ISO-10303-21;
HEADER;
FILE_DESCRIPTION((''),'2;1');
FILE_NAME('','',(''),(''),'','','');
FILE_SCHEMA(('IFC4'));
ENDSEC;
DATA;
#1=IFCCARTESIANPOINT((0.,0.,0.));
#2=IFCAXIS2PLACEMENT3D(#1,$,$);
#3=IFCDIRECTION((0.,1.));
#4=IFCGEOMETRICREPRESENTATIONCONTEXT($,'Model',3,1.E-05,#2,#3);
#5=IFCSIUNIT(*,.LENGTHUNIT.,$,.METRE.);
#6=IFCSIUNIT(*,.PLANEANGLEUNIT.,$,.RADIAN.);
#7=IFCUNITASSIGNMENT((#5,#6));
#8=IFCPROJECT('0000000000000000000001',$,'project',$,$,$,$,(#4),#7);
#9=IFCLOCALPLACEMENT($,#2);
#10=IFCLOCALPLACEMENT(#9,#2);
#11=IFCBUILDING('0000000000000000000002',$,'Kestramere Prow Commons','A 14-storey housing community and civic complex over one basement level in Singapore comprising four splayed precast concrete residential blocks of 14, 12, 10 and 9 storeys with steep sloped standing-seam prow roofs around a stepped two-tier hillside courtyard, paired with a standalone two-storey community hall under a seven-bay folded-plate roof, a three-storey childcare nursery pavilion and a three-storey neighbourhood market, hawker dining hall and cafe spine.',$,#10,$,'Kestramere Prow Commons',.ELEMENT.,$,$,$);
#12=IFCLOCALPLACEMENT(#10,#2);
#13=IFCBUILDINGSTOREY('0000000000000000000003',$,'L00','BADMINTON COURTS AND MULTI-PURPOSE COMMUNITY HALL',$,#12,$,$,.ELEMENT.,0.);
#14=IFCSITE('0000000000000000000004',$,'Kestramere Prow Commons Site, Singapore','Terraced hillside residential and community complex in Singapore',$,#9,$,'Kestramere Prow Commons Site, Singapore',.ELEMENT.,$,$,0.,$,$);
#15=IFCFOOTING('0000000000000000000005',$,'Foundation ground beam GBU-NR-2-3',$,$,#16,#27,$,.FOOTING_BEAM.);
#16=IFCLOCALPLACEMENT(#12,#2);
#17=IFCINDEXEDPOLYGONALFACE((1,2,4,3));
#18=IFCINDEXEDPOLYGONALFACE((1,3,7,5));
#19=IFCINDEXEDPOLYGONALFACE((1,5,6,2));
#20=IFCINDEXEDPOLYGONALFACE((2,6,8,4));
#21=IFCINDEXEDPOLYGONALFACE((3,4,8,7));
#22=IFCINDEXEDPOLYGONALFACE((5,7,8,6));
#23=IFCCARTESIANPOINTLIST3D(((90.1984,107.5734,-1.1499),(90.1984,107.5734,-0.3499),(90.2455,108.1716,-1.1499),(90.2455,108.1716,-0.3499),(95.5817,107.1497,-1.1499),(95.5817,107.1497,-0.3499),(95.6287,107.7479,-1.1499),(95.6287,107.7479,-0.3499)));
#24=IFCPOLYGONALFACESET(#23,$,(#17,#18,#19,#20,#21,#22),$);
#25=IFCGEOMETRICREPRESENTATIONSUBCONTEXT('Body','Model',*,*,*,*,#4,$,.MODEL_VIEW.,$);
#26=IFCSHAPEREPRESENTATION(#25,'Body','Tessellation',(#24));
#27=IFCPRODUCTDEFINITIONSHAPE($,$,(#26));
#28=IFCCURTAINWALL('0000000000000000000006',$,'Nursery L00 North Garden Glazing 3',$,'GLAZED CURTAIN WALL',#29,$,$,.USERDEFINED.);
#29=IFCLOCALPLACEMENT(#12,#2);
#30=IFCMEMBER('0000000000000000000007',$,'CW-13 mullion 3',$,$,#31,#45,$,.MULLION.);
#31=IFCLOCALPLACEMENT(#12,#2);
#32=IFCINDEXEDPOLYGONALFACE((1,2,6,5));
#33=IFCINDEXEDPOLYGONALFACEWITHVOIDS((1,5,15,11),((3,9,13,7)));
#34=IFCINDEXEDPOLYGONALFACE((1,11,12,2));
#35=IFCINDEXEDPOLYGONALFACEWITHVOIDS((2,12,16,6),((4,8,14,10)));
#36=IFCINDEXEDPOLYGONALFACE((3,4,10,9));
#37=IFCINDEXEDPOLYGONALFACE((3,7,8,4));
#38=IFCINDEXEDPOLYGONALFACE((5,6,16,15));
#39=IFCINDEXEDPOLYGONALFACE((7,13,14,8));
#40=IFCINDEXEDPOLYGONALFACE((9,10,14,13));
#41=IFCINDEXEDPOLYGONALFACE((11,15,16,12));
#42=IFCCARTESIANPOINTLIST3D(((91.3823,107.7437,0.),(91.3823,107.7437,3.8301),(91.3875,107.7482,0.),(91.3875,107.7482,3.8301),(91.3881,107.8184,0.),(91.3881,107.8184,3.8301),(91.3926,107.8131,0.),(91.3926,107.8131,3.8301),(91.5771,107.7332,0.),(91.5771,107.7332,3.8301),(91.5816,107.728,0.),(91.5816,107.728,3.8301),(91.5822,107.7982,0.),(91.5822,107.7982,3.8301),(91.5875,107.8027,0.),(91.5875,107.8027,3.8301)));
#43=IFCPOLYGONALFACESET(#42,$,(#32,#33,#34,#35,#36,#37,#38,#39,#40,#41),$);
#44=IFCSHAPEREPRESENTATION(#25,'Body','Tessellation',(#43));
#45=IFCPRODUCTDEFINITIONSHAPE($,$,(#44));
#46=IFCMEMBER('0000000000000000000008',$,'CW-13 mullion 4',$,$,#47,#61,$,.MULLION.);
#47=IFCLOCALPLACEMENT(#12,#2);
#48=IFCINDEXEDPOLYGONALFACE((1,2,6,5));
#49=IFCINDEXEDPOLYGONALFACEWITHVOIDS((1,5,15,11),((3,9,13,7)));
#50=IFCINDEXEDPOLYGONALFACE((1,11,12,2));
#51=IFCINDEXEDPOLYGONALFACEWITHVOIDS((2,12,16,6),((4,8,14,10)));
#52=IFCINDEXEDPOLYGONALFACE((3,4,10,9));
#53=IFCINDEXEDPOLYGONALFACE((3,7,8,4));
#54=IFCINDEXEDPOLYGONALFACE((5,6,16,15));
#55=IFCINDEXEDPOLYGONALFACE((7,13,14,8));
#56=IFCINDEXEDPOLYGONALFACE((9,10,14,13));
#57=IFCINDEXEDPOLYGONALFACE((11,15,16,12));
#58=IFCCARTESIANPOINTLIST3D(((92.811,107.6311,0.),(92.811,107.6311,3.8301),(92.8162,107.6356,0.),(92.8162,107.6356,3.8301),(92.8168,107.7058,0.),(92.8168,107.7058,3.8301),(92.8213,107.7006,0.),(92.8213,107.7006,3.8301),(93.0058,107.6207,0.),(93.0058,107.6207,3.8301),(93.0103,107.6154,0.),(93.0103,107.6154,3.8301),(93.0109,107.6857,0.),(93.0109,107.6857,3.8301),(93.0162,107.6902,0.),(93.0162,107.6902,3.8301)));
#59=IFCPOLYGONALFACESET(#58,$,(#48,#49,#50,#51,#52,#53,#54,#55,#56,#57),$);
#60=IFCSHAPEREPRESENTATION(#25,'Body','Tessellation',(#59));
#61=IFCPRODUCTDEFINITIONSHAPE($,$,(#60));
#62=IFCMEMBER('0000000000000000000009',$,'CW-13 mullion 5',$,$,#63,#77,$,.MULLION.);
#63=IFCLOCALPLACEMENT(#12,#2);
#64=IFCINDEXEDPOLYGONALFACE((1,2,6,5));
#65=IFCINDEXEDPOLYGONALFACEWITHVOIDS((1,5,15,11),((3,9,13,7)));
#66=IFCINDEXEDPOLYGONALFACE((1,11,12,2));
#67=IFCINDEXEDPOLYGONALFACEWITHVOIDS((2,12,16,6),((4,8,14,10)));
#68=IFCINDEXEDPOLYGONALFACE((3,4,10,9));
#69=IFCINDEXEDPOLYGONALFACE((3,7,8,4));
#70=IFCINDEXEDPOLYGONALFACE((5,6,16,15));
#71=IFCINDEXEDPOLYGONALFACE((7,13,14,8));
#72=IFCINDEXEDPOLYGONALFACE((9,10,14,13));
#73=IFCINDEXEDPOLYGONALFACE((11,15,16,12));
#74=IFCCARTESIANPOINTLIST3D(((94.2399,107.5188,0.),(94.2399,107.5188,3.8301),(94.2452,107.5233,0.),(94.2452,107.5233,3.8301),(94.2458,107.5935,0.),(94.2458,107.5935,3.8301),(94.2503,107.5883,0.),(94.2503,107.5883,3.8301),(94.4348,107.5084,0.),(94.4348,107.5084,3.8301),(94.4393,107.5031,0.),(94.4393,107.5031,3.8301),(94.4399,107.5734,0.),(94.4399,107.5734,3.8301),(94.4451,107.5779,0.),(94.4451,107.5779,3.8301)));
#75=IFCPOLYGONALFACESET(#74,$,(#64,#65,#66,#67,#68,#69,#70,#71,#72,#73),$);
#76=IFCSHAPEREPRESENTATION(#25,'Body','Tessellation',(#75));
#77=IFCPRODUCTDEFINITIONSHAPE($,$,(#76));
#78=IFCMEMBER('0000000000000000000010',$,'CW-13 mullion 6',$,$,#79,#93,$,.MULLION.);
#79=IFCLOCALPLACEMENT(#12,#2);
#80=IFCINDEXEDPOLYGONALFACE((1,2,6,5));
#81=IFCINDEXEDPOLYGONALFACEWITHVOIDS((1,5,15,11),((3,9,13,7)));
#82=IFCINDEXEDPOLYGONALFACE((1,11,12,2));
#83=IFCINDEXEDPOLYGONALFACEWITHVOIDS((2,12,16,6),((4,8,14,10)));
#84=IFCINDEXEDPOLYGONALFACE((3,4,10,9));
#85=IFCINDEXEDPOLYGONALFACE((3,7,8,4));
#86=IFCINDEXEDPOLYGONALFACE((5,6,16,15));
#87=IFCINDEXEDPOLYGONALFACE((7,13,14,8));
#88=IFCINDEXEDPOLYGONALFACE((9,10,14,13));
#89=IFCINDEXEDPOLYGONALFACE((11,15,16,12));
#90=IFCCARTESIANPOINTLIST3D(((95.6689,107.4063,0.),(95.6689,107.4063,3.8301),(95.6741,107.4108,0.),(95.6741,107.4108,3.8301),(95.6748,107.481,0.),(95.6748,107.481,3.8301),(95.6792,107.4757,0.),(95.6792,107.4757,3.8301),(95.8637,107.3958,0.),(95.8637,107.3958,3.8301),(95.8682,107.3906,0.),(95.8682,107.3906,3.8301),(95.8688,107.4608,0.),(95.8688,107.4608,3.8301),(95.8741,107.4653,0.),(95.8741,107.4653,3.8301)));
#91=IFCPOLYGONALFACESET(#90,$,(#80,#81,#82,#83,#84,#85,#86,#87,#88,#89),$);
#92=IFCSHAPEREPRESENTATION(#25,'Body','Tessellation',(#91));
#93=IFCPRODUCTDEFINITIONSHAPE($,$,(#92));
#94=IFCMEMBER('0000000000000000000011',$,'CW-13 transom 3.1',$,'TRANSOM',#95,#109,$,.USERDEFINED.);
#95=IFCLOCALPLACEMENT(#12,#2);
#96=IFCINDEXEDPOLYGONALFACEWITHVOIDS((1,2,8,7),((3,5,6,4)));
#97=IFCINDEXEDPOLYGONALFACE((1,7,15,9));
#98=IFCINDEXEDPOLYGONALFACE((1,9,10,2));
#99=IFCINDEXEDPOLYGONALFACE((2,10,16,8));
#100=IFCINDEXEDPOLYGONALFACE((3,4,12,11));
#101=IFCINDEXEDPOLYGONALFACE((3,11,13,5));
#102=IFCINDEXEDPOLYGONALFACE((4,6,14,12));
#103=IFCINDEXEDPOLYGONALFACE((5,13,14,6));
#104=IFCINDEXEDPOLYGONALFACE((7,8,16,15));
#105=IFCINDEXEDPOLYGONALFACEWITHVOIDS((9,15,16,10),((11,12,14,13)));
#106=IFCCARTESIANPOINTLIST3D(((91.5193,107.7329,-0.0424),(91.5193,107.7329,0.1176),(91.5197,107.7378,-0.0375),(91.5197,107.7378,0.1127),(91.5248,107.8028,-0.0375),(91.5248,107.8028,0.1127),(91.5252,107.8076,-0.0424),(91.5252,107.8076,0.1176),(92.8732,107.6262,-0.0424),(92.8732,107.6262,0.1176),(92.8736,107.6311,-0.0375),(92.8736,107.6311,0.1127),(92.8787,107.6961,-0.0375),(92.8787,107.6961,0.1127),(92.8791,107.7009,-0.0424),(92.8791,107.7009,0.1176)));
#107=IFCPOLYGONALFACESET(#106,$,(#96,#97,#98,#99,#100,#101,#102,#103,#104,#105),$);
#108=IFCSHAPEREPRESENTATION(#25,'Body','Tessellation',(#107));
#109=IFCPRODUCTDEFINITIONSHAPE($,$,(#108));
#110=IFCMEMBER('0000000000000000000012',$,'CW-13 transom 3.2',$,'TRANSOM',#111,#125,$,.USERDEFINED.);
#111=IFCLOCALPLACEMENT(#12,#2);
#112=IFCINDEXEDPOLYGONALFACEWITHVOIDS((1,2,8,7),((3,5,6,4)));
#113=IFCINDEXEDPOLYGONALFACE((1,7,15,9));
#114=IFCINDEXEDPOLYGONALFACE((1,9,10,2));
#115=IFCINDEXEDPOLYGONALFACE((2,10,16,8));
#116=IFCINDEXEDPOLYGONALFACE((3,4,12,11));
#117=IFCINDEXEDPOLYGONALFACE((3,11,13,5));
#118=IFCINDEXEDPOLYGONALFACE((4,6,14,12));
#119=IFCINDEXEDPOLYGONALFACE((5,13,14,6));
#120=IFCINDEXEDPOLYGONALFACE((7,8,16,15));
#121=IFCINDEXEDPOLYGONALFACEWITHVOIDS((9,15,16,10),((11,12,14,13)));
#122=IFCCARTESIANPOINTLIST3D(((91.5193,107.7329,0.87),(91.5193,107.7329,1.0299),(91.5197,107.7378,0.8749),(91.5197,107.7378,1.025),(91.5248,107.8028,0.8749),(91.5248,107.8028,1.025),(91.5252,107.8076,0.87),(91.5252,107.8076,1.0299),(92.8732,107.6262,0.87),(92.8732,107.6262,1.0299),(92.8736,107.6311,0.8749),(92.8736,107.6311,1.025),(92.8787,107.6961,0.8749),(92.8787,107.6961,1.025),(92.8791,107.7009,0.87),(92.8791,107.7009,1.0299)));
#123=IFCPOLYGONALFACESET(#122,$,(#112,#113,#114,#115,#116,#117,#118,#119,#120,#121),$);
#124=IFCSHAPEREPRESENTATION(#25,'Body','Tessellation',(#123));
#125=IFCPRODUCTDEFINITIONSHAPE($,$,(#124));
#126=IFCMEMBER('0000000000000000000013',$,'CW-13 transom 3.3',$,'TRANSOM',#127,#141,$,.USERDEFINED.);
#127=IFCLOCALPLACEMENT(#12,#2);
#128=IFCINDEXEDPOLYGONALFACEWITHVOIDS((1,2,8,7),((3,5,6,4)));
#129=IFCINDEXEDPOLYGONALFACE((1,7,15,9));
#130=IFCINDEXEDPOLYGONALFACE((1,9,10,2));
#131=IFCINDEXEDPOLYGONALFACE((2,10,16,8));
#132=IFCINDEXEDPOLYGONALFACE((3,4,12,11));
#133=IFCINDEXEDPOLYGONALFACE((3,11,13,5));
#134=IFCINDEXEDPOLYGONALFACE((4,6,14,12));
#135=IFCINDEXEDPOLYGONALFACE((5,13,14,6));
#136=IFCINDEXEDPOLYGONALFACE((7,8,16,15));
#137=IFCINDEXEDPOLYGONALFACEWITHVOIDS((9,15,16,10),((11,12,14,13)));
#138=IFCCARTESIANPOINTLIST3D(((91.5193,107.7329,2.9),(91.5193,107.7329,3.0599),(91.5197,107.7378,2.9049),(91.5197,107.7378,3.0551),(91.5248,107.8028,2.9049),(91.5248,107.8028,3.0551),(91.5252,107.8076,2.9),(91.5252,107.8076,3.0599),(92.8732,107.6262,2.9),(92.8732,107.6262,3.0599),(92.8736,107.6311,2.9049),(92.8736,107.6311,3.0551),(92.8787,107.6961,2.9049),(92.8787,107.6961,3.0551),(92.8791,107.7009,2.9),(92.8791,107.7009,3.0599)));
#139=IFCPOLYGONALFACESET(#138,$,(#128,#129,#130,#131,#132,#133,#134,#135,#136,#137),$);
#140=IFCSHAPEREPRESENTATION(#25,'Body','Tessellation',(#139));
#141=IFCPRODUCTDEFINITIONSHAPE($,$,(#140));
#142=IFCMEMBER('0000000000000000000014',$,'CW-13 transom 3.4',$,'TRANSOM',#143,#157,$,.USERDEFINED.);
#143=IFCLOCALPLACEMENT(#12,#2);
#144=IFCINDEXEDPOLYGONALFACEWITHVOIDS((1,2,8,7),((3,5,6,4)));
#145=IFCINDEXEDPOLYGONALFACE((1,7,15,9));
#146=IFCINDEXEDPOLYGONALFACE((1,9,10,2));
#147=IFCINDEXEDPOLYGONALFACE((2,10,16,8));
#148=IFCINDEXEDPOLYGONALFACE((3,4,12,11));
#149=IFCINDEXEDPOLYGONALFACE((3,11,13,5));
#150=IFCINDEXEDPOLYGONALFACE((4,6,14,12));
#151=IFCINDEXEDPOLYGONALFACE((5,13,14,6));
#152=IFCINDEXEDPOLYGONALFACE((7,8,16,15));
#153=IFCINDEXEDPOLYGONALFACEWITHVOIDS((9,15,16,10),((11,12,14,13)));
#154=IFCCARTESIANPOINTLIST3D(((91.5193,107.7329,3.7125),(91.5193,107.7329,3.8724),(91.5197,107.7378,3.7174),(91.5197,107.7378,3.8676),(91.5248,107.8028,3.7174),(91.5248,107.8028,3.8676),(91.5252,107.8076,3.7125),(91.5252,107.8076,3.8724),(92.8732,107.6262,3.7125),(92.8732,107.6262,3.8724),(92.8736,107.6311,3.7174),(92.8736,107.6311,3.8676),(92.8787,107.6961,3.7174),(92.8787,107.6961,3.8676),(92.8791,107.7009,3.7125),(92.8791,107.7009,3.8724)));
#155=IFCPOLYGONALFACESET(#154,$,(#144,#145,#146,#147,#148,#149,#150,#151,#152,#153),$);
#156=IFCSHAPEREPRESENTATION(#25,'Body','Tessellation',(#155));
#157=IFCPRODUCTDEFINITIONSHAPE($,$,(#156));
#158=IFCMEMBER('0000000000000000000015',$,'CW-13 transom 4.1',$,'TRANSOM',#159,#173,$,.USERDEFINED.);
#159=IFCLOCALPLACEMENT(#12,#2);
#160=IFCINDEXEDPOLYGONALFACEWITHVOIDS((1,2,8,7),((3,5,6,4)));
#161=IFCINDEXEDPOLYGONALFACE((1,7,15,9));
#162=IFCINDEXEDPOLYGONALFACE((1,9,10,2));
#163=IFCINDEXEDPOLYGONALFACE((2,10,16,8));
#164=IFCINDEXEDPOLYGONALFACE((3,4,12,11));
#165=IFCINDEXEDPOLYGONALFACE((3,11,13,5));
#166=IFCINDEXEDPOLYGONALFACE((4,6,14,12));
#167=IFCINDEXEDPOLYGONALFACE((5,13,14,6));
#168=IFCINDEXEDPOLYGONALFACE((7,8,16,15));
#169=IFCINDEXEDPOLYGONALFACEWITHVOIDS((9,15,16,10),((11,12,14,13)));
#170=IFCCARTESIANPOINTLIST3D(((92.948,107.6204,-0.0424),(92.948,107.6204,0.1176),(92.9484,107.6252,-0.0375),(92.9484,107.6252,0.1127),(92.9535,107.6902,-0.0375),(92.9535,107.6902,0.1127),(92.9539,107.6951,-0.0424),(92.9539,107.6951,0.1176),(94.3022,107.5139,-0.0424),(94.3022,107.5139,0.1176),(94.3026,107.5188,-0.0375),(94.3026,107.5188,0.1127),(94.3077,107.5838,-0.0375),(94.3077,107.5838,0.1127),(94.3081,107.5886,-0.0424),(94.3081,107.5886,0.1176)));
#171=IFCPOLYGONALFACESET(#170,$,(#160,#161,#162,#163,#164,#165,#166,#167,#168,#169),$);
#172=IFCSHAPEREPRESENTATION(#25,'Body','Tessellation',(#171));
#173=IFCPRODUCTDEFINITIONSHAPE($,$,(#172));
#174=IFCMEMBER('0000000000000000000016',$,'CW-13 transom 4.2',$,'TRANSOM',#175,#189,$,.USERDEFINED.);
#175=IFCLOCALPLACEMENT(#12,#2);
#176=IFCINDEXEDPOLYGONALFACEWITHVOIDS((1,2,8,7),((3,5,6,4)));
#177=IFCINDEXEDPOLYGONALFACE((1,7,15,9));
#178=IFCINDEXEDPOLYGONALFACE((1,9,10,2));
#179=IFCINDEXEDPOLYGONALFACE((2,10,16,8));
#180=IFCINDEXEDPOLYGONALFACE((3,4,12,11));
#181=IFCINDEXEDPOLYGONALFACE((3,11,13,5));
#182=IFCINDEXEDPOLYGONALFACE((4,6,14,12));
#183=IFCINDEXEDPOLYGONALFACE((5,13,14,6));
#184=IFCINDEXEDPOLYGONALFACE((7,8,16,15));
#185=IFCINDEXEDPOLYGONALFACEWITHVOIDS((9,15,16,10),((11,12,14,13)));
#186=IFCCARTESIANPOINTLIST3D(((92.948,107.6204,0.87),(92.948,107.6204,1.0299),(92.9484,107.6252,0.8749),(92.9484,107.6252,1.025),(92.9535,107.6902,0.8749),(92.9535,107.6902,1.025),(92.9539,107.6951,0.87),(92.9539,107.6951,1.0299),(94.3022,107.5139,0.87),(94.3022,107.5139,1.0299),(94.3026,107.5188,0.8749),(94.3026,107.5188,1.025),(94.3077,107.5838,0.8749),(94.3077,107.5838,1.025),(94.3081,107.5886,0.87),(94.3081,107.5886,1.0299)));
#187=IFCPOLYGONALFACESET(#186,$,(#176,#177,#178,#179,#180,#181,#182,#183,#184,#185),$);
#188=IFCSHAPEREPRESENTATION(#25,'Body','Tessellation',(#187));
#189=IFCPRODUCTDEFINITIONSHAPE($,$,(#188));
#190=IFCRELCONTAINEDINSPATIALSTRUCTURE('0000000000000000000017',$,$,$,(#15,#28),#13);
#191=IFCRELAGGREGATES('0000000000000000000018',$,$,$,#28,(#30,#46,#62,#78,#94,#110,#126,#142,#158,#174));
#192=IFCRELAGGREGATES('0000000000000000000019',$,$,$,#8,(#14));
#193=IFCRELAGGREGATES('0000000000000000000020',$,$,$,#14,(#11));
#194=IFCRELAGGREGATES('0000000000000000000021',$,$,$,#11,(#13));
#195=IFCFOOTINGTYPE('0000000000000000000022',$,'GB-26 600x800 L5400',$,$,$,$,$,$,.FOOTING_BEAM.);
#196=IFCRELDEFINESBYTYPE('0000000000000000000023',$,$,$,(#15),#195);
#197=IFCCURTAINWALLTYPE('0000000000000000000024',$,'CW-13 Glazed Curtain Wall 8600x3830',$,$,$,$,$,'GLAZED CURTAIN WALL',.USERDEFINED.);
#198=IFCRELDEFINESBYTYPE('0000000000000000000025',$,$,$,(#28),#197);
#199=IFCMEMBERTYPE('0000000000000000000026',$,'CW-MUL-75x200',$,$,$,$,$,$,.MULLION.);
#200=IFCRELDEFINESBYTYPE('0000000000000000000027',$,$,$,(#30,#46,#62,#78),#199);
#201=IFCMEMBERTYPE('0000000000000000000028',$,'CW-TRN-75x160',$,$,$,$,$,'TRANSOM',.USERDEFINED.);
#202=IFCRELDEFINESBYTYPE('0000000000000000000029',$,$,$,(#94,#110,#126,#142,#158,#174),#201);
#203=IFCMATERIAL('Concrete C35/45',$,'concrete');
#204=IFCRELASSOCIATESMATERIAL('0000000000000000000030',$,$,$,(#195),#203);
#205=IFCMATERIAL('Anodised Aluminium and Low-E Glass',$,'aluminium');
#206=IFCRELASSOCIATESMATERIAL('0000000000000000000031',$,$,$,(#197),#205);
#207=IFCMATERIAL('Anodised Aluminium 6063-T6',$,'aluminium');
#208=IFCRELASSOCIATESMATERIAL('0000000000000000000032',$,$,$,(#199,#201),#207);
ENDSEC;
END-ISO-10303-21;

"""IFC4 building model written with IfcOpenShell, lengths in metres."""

from ifc_helpers import new_model, si_unit, direction, frame, origin, origin_2d, place, context, subcontext, project, spatial, rectangle, hollow_rectangle, extrude, material, material_profile, profile_set, type_object, element, aggregate, save


model = new_model("IFC4")

# Units and contexts
model_context = context("Model", 3, precision=1e-05, world=origin(), true_north=direction((0.0, 1.0)))
body_context = subcontext(model_context, "Body", "Model", "MODEL_VIEW")
ifc_project = project(units=[si_unit("LENGTHUNIT", "METRE"), si_unit("PLANEANGLEUNIT", "RADIAN")], contexts=[model_context])

# Site, building, storey
site_placement = place(None, origin())
site = spatial("IfcSite", under=ifc_project, at=site_placement, Name="Kestramere Prow Commons Site, Singapore", Description="Terraced hillside residential and community complex in Singapore", LongName="Kestramere Prow Commons Site, Singapore", CompositionType="ELEMENT", RefElevation=0.0)
building_placement = place(site_placement, origin())
building = spatial("IfcBuilding", under=site, at=building_placement, Name="Kestramere Prow Commons", Description="A 14-storey housing community and civic complex over one basement level in Singapore comprising four splayed precast concrete residential blocks of 14, 12, 10 and 9 storeys with steep sloped standing-seam prow roofs around a stepped two-tier hillside courtyard, paired with a standalone two-storey community hall under a seven-bay folded-plate roof, a three-storey childcare nursery pavilion and a three-storey neighbourhood market, hawker dining hall and cafe spine.", LongName="Kestramere Prow Commons", CompositionType="ELEMENT")
storey_placement = place(building_placement, origin())
storey = spatial("IfcBuildingStorey", under=building, at=storey_placement, Name="L00", Description="BADMINTON COURTS AND MULTI-PURPOSE COMMUNITY HALL", CompositionType="ELEMENT", Elevation=0.0)

# Footing
ifc_material_1 = material(Name="Concrete C35/45", Category="concrete")
footing_type = type_object("IfcFootingType", Name="GB-26 600x800 L5400", PredefinedType="FOOTING_BEAM", material=ifc_material_1)
footing_placement = place(storey_placement, frame((92.9136, 107.6606, -1.1499), z_axis=(0.0, 0.0, 1.0), x_axis=(0.996917, -0.078459, 0.0)))
element("IfcFooting", 1, at=footing_placement, inside=storey, type_object=footing_type, Name="Foundation ground beam GBU-NR-2-3", PredefinedType="FOOTING_BEAM", context=body_context, shape_type="SweptSolid", body=[
    extrude(rectangle(XDim=5.3999, YDim=0.6001, at=origin_2d()), origin(), (0.0, 0.0, 1.0), 0.8),
])

# Curtain wall, members
ifc_material_2 = material(Name="Anodised Aluminium and Low-E Glass", Category="aluminium")
curtain_wall_type = type_object("IfcCurtainWallType", Name="CW-13 Glazed Curtain Wall 8600x3830", ElementType="GLAZED CURTAIN WALL", PredefinedType="USERDEFINED", material=ifc_material_2)
curtain_wall_placement = place(storey_placement, origin())
curtain_wall = element("IfcCurtainWall", 2, at=curtain_wall_placement, inside=storey, type_object=curtain_wall_type, Name="Nursery L00 North Garden Glazing 3", ObjectType="GLAZED CURTAIN WALL", PredefinedType="USERDEFINED")
ifc_material_3 = material(Name="Anodised Aluminium 6063-T6", Category="aluminium")
ifc_material_profile_1 = material_profile(ifc_material_3, hollow_rectangle(XDim=0.075, YDim=0.2, WallThickness=0.0049, at=origin_2d()), Name="ALU-MUL 75x200")
ifc_profile_set_1 = profile_set([ifc_material_profile_1], Name="Anodised Aluminium 6063-T6")
member_type_1 = type_object("IfcMemberType", Name="CW-MUL-75x200", PredefinedType="MULLION", material=ifc_profile_set_1)
member_1_placement = place(storey_placement, frame((91.4849, 107.7732, 0.0), z_axis=(0.0, 0.0, 1.0), x_axis=(0.078459, 0.996917, 0.0)))
member_1 = element("IfcMember", 3, at=member_1_placement, type_object=member_type_1, Name="CW-13 mullion 3", PredefinedType="MULLION", context=body_context, shape_type="SweptSolid", body=[
    extrude(hollow_rectangle(XDim=0.075, YDim=0.2, WallThickness=0.0049, at=origin_2d()), origin(), (0.0, 0.0, 1.0), 3.8301),
])
member_2_placement = place(storey_placement, frame((92.9136, 107.6606, 0.0), z_axis=(0.0, 0.0, 1.0), x_axis=(0.078459, 0.996917, 0.0)))
member_2 = element("IfcMember", 4, at=member_2_placement, type_object=member_type_1, Name="CW-13 mullion 4", PredefinedType="MULLION", context=body_context, shape_type="SweptSolid", body=[
    extrude(hollow_rectangle(XDim=0.075, YDim=0.2, WallThickness=0.0049, at=origin_2d()), origin(), (0.0, 0.0, 1.0), 3.8301),
])
member_3_placement = place(storey_placement, frame((94.3425, 107.5483, 0.0), z_axis=(0.0, 0.0, 1.0), x_axis=(0.078459, 0.996917, 0.0)))
member_3 = element("IfcMember", 5, at=member_3_placement, type_object=member_type_1, Name="CW-13 mullion 5", PredefinedType="MULLION", context=body_context, shape_type="SweptSolid", body=[
    extrude(hollow_rectangle(XDim=0.075, YDim=0.2, WallThickness=0.0049, at=origin_2d()), origin(), (0.0, 0.0, 1.0), 3.8301),
])
member_4_placement = place(storey_placement, frame((95.7715, 107.4358, 0.0), z_axis=(0.0, 0.0, 1.0), x_axis=(0.078459, 0.996917, 0.0)))
member_4 = element("IfcMember", 6, at=member_4_placement, type_object=member_type_1, Name="CW-13 mullion 6", PredefinedType="MULLION", context=body_context, shape_type="SweptSolid", body=[
    extrude(hollow_rectangle(XDim=0.075, YDim=0.2, WallThickness=0.0049, at=origin_2d()), origin(), (0.0, 0.0, 1.0), 3.8301),
])
ifc_material_profile_2 = material_profile(ifc_material_3, hollow_rectangle(XDim=0.075, YDim=0.1599, WallThickness=0.0049, at=origin_2d()), Name="ALU-TRN 75x160")
ifc_profile_set_2 = profile_set([ifc_material_profile_2], Name="Anodised Aluminium 6063-T6")
member_type_2 = type_object("IfcMemberType", Name="CW-TRN-75x160", ElementType="TRANSOM", PredefinedType="USERDEFINED", material=ifc_profile_set_2)
member_5_placement = place(storey_placement, frame((91.5222, 107.7703, 0.0376), z_axis=(0.99691, -0.078552, 0.0), x_axis=(0.078552, 0.99691, 0.0)))
member_5 = element("IfcMember", 7, at=member_5_placement, type_object=member_type_2, Name="CW-13 transom 3.1", ObjectType="TRANSOM", PredefinedType="USERDEFINED", context=body_context, shape_type="SweptSolid", body=[
    extrude(hollow_rectangle(XDim=0.075, YDim=0.1599, WallThickness=0.0049, at=origin_2d()), origin(), (0.0, 0.0, 1.0), 1.3582),
])
member_6_placement = place(storey_placement, frame((91.5222, 107.7703, 0.95), z_axis=(0.99691, -0.078552, 0.0), x_axis=(0.078552, 0.99691, 0.0)))
member_6 = element("IfcMember", 8, at=member_6_placement, type_object=member_type_2, Name="CW-13 transom 3.2", ObjectType="TRANSOM", PredefinedType="USERDEFINED", context=body_context, shape_type="SweptSolid", body=[
    extrude(hollow_rectangle(XDim=0.075, YDim=0.1599, WallThickness=0.0049, at=origin_2d()), origin(), (0.0, 0.0, 1.0), 1.3582),
])
member_7_placement = place(storey_placement, frame((91.5222, 107.7703, 2.98), z_axis=(0.99691, -0.078552, 0.0), x_axis=(0.078552, 0.99691, 0.0)))
member_7 = element("IfcMember", 9, at=member_7_placement, type_object=member_type_2, Name="CW-13 transom 3.3", ObjectType="TRANSOM", PredefinedType="USERDEFINED", context=body_context, shape_type="SweptSolid", body=[
    extrude(hollow_rectangle(XDim=0.075, YDim=0.1599, WallThickness=0.0049, at=origin_2d()), origin(), (0.0, 0.0, 1.0), 1.3582),
])
member_8_placement = place(storey_placement, frame((91.5222, 107.7703, 3.7925), z_axis=(0.99691, -0.078552, 0.0), x_axis=(0.078552, 0.99691, 0.0)))
member_8 = element("IfcMember", 10, at=member_8_placement, type_object=member_type_2, Name="CW-13 transom 3.4", ObjectType="TRANSOM", PredefinedType="USERDEFINED", context=body_context, shape_type="SweptSolid", body=[
    extrude(hollow_rectangle(XDim=0.075, YDim=0.1599, WallThickness=0.0049, at=origin_2d()), origin(), (0.0, 0.0, 1.0), 1.3582),
])
member_9_placement = place(storey_placement, frame((92.9509, 107.6577, 0.0376), z_axis=(0.996925, -0.078359, 0.0), x_axis=(0.078359, 0.996925, 0.0)))
member_9 = element("IfcMember", 11, at=member_9_placement, type_object=member_type_2, Name="CW-13 transom 4.1", ObjectType="TRANSOM", PredefinedType="USERDEFINED", context=body_context, shape_type="SweptSolid", body=[
    extrude(hollow_rectangle(XDim=0.075, YDim=0.1599, WallThickness=0.0049, at=origin_2d()), origin(), (0.0, 0.0, 1.0), 1.3584),
])
member_10_placement = place(storey_placement, frame((92.9509, 107.6577, 0.95), z_axis=(0.996925, -0.078359, 0.0), x_axis=(0.078359, 0.996925, 0.0)))
member_10 = element("IfcMember", 12, at=member_10_placement, type_object=member_type_2, Name="CW-13 transom 4.2", ObjectType="TRANSOM", PredefinedType="USERDEFINED", context=body_context, shape_type="SweptSolid", body=[
    extrude(hollow_rectangle(XDim=0.075, YDim=0.1599, WallThickness=0.0049, at=origin_2d()), origin(), (0.0, 0.0, 1.0), 1.3584),
])
aggregate(curtain_wall, [member_1, member_2, member_3, member_4, member_5, member_6, member_7, member_8, member_9, member_10])

save(model, "model.ifc")
